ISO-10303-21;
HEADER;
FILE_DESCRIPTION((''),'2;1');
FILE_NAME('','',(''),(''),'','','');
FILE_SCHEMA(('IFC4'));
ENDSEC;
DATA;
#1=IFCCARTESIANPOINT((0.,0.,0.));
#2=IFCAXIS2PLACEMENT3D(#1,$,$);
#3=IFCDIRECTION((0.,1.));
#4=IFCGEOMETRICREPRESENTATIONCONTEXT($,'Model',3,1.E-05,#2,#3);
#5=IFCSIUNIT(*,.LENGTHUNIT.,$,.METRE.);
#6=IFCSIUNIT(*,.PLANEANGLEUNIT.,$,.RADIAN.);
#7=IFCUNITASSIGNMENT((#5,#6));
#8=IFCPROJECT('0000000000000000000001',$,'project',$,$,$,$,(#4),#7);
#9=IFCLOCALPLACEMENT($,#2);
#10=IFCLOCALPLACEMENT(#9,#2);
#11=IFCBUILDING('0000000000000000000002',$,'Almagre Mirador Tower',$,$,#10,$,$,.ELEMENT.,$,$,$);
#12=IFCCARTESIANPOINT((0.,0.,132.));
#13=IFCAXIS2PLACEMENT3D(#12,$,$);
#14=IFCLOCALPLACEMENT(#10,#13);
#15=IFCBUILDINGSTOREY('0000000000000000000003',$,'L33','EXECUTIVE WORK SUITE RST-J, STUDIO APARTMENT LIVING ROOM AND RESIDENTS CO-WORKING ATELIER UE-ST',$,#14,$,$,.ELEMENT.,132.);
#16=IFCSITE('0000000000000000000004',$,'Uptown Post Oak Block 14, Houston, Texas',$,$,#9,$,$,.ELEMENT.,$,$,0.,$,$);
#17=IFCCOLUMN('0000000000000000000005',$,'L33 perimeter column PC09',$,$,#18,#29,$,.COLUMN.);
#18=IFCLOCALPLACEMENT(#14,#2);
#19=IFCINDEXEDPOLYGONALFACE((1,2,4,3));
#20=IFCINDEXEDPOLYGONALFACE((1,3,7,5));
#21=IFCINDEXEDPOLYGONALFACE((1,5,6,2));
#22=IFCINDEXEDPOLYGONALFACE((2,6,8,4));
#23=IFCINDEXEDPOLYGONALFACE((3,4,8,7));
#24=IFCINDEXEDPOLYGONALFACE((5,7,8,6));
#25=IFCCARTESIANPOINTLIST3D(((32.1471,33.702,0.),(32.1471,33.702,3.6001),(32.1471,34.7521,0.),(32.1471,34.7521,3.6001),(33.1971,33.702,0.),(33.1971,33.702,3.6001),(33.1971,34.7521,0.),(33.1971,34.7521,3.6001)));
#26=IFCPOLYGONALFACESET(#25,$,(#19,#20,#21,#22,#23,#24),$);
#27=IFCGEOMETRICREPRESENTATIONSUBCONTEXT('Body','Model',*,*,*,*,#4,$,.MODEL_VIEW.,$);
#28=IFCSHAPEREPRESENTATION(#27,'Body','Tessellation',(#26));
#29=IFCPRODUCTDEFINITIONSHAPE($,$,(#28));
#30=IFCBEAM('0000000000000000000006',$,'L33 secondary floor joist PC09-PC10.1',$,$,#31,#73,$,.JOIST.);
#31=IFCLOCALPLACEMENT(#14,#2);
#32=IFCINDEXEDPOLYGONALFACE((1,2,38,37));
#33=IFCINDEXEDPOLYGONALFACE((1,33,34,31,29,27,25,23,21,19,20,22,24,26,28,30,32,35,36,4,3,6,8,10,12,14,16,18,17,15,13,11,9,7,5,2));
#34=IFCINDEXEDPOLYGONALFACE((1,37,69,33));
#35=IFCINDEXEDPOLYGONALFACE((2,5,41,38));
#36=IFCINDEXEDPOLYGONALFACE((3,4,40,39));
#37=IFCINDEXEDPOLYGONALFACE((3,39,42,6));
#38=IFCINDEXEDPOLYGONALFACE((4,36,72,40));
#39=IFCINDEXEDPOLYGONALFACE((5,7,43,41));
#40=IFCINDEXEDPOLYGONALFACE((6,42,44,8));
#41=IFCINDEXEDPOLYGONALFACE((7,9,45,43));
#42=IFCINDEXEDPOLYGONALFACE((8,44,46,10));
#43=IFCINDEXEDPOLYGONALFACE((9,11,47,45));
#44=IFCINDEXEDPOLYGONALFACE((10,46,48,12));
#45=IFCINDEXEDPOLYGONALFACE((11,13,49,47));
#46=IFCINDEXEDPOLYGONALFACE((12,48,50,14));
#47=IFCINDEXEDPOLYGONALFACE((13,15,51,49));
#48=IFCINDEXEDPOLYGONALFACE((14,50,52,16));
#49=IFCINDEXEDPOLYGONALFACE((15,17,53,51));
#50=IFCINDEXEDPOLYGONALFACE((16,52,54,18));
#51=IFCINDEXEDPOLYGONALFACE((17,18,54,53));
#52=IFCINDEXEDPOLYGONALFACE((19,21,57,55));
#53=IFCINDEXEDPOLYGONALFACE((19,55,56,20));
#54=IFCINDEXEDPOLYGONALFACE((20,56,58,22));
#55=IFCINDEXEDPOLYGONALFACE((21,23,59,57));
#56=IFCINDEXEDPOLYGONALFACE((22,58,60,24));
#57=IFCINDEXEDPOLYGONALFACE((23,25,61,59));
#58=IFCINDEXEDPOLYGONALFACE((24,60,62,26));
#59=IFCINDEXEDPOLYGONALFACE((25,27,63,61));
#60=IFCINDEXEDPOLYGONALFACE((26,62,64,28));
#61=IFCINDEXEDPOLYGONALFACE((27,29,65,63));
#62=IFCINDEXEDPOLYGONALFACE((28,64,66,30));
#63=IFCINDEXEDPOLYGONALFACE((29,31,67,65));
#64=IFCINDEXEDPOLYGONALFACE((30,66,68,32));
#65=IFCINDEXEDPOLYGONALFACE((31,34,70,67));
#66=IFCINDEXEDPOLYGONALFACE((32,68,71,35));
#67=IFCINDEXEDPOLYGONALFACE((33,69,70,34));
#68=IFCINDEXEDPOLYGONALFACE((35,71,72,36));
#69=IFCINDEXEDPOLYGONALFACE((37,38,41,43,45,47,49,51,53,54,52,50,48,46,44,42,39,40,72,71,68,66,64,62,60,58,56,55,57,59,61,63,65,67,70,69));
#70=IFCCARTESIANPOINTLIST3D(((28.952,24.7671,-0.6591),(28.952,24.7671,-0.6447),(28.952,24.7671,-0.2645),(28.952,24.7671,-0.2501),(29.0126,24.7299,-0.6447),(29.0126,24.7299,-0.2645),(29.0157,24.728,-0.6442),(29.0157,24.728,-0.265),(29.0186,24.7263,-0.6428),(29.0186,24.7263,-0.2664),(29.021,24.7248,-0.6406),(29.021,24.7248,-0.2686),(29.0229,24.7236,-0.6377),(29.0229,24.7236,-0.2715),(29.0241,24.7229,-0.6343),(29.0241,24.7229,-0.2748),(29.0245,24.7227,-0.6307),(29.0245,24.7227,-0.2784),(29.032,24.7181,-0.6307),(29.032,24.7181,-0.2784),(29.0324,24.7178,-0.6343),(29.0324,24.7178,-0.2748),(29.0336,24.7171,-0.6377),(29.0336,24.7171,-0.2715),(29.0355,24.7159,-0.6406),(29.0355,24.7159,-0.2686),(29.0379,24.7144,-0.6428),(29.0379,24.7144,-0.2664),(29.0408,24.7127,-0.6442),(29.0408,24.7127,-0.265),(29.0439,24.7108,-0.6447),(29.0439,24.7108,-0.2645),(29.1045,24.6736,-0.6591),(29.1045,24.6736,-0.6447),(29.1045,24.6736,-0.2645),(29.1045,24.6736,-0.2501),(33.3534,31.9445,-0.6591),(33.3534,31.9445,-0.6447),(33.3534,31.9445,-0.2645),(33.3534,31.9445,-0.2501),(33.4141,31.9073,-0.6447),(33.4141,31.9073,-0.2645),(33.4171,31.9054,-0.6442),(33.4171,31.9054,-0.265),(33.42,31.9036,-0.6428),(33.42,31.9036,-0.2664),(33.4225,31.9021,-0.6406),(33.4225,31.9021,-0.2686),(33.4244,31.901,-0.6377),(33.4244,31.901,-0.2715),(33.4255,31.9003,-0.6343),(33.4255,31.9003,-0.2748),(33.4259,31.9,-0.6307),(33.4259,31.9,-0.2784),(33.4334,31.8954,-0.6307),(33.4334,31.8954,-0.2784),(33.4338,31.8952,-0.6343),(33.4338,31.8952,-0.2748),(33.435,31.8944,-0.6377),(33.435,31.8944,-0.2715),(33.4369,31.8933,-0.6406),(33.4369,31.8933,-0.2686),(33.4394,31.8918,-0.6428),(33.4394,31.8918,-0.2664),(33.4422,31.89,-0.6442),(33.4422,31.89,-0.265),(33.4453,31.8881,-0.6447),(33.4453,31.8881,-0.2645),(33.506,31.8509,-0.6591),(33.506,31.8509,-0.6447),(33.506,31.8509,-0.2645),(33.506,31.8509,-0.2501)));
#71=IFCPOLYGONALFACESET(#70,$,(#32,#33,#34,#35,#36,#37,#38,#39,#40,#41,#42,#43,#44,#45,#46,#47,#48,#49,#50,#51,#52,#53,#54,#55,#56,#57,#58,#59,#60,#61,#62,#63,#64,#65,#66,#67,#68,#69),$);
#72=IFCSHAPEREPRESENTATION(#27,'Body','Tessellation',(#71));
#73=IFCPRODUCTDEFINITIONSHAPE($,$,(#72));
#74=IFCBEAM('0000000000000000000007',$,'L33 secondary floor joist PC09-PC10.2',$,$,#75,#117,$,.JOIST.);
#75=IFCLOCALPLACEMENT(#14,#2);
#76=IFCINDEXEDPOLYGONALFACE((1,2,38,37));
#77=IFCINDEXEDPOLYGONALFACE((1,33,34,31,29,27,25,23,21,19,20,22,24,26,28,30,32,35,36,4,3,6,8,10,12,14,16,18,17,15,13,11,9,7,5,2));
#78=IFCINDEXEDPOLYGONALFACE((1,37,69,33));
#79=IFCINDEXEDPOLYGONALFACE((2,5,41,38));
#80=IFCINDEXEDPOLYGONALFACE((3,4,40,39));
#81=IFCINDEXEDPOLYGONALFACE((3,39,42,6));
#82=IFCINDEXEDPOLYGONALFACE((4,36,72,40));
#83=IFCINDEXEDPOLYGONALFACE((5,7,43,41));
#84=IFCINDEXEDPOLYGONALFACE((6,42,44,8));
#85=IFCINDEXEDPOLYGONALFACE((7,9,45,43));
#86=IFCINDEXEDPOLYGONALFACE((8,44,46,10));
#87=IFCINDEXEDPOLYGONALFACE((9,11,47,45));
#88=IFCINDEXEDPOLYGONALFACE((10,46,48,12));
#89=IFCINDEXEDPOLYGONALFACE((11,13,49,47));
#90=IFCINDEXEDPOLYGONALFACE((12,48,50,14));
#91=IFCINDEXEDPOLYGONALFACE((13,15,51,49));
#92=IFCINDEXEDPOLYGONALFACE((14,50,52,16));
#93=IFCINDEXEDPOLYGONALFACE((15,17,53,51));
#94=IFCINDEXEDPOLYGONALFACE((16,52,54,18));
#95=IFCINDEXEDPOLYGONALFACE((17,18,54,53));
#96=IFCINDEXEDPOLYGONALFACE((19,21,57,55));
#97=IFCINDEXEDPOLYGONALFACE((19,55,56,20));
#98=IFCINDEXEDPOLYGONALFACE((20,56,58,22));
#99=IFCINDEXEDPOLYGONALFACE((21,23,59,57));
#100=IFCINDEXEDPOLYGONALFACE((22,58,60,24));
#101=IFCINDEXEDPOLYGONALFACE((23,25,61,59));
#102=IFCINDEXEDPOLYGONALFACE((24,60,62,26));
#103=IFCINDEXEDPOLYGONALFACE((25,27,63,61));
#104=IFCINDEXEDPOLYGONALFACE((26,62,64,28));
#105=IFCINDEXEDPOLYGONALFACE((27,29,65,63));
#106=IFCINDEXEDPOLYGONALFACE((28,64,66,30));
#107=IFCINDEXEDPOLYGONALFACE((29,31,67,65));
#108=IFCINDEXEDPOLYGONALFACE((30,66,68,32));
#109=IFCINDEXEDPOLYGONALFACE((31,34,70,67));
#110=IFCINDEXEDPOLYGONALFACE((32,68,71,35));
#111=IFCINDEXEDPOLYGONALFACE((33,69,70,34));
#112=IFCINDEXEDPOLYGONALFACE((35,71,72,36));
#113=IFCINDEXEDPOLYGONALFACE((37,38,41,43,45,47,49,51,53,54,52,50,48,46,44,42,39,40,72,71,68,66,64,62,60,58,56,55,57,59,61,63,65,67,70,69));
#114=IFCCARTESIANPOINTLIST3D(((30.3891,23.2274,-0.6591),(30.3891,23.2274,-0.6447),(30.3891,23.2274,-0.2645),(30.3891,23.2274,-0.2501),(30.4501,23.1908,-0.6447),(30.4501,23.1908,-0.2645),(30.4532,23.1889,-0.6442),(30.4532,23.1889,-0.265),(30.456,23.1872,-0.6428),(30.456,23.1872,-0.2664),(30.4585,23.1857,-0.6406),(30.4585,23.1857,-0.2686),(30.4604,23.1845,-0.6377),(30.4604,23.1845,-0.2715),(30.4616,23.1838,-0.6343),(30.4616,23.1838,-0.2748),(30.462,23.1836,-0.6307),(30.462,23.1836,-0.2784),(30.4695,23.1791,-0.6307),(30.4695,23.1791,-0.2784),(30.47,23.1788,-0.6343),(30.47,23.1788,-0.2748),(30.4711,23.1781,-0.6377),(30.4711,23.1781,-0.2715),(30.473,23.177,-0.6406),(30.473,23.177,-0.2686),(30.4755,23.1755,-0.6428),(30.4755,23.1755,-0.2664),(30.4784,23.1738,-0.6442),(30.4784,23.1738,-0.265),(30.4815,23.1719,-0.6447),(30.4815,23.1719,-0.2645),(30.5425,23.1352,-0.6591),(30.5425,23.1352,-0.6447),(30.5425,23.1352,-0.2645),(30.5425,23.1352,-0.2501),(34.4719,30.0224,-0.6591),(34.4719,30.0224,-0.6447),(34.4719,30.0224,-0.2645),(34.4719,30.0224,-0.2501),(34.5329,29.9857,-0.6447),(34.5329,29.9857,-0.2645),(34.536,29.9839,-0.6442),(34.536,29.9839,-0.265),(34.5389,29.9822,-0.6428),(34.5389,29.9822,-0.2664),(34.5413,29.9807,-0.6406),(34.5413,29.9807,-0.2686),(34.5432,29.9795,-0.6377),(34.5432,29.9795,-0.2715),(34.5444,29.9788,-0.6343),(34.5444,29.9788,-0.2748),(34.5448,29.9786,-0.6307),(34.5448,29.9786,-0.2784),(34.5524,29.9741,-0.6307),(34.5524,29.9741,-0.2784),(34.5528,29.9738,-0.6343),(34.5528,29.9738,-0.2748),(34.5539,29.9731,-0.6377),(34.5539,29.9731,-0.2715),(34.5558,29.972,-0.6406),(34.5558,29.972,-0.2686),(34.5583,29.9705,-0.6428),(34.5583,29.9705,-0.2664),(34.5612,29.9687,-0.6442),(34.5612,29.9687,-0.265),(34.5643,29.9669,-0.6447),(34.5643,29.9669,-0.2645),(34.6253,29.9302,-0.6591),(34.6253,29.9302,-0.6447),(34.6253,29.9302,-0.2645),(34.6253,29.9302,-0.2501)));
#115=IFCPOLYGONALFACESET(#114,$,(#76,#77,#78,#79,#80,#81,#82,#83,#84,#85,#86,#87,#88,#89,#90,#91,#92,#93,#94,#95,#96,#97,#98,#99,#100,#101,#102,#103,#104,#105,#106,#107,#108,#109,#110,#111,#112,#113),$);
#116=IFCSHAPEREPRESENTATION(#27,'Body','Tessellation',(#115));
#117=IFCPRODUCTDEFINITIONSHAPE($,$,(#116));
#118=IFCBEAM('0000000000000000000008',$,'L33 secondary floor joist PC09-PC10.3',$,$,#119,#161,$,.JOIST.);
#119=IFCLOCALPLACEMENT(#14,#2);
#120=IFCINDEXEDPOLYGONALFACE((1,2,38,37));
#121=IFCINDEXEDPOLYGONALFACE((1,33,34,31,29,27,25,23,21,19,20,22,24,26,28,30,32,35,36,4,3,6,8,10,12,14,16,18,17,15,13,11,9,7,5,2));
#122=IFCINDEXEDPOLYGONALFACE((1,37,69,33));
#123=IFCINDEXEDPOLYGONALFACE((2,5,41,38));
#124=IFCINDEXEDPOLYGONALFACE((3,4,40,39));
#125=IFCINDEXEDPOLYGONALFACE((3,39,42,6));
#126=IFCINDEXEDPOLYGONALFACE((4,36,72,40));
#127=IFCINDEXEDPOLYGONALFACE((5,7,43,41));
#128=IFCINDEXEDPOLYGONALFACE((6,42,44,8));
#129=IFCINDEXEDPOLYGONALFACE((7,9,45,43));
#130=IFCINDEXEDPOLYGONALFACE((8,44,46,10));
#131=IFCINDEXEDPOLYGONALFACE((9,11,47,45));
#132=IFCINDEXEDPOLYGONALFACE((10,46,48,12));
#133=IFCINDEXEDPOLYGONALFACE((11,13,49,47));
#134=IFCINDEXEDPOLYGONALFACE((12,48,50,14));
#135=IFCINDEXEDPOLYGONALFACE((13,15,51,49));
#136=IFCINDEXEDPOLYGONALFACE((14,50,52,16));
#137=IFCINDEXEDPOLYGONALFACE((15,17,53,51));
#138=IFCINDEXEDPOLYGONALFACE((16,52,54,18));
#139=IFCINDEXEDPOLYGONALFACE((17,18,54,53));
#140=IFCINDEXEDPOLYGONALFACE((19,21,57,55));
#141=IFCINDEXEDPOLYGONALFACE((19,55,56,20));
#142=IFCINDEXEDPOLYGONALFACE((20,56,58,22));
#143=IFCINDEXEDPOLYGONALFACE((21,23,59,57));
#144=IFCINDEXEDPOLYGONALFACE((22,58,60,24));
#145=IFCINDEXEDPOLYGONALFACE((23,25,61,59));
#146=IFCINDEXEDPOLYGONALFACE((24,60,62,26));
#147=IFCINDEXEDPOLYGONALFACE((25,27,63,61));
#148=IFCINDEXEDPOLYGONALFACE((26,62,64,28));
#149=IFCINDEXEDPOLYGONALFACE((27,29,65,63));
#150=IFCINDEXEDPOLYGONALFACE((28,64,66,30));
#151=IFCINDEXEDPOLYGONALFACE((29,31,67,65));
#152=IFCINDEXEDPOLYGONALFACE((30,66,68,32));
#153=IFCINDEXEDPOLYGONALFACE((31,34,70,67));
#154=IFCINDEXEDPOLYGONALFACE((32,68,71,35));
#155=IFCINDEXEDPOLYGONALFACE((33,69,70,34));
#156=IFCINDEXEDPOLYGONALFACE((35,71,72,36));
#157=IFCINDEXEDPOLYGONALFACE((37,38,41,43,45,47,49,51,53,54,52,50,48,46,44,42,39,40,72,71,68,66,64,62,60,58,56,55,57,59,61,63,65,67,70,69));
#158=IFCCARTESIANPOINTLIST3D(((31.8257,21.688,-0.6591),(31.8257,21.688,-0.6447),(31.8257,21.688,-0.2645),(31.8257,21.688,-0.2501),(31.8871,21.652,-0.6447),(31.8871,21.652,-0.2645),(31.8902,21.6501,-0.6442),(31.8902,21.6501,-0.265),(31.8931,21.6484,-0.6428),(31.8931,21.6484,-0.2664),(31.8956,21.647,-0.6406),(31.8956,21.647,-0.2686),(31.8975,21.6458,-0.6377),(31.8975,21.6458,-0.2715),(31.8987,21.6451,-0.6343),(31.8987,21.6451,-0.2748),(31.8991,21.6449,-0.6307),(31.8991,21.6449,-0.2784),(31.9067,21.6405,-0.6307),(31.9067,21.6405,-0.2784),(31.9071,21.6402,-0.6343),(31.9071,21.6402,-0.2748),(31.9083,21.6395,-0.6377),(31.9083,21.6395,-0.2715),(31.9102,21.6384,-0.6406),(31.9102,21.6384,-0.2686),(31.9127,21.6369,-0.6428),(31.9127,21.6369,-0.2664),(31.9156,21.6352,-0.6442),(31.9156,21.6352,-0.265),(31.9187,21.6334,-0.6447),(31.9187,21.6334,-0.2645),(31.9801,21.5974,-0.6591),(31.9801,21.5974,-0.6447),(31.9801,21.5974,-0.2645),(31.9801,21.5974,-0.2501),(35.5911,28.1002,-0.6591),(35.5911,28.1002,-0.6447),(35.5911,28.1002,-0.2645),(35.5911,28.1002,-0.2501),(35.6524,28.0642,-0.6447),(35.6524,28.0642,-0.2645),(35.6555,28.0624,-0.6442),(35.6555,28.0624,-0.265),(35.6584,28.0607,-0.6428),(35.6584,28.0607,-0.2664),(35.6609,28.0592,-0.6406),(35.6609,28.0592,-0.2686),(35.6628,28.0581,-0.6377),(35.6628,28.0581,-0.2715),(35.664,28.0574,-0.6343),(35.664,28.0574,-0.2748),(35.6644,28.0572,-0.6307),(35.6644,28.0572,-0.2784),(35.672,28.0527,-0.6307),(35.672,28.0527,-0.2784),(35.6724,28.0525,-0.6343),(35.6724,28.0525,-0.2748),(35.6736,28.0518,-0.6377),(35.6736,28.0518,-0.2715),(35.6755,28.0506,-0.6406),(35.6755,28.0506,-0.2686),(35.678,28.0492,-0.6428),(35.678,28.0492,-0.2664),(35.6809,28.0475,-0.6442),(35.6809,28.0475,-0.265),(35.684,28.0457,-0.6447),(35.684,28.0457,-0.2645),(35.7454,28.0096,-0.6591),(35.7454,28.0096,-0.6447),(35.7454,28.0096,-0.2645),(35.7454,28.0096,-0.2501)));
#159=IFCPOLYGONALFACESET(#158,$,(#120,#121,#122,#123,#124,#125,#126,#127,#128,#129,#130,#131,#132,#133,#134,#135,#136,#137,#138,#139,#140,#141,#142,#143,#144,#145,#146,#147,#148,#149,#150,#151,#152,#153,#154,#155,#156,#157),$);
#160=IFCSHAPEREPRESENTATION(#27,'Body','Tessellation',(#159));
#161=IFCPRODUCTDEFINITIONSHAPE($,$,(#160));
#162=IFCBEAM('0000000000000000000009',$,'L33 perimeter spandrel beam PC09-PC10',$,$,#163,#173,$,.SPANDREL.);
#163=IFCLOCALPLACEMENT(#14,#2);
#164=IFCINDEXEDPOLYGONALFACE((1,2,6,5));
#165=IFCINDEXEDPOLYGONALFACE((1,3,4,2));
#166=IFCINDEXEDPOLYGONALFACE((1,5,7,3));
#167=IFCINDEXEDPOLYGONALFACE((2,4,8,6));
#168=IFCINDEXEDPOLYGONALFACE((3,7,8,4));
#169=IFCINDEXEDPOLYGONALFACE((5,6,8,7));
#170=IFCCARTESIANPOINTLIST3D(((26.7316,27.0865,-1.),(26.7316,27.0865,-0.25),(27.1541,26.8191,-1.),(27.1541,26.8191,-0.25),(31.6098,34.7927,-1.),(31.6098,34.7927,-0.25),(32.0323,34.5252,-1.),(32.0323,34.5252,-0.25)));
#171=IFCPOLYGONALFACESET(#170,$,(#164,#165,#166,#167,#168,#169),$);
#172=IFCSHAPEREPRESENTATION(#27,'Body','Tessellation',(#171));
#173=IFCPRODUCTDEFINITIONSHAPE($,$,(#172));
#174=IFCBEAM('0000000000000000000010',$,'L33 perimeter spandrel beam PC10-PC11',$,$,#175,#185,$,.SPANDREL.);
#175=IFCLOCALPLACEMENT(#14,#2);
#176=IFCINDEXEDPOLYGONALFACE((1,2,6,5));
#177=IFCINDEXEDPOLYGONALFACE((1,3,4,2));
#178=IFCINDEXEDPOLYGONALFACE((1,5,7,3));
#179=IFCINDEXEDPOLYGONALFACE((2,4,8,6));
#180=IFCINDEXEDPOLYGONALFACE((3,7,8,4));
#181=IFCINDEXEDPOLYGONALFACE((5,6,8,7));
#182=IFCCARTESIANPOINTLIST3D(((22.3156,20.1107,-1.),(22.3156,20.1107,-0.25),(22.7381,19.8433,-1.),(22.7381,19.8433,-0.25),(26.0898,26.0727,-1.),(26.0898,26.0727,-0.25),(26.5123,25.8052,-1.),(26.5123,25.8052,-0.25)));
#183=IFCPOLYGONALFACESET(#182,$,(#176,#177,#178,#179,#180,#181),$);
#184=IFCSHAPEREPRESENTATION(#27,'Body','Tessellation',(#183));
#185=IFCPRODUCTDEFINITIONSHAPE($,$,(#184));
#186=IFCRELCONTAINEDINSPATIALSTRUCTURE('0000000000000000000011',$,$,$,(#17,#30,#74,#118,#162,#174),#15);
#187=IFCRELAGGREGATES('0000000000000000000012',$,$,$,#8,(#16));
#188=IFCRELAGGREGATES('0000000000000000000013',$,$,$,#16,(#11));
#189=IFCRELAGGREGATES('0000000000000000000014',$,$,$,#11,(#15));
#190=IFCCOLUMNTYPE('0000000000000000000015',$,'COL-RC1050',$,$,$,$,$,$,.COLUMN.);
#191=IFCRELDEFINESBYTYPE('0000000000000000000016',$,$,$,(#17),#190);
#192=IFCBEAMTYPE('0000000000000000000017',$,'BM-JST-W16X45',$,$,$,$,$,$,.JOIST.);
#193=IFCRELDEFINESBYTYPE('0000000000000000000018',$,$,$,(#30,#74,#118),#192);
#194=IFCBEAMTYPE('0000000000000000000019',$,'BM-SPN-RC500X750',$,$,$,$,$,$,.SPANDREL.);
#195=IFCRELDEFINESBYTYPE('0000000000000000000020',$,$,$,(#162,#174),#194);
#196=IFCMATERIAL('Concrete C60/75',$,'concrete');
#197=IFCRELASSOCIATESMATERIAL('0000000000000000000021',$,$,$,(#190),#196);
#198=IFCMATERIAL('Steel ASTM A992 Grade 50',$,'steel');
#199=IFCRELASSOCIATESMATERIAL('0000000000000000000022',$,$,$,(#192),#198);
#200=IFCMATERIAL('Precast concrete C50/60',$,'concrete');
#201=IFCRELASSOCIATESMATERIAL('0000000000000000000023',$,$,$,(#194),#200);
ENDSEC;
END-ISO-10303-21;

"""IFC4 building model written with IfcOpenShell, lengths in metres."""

from ifc_helpers import new_model, si_unit, direction, frame, origin, origin_2d, place, context, subcontext, project, spatial, rectangle, i_section, extrude, material, material_profile, profile_set, type_object, element, save


model = new_model("IFC4")

# Units and contexts
model_context = context("Model", 3, precision=1e-05, world=origin(), true_north=direction((0.0, 1.0)))
body_context = subcontext(model_context, "Body", "Model", "MODEL_VIEW")
ifc_project = project(units=[si_unit("LENGTHUNIT", "METRE"), si_unit("PLANEANGLEUNIT", "RADIAN")], contexts=[model_context])

# Site, building, storey
site_placement = place(None, origin())
site = spatial("IfcSite", under=ifc_project, at=site_placement, Name="Uptown Post Oak Block 14, Houston, Texas", CompositionType="ELEMENT", RefElevation=0.0)
building_placement = place(site_placement, origin())
building = spatial("IfcBuilding", under=site, at=building_placement, Name="Almagre Mirador Tower", CompositionType="ELEMENT")
storey_placement = place(building_placement, frame((0.0, 0.0, 132.0)))
storey = spatial("IfcBuildingStorey", under=building, at=storey_placement, Name="L33", Description="EXECUTIVE WORK SUITE RST-J, STUDIO APARTMENT LIVING ROOM AND RESIDENTS CO-WORKING ATELIER UE-ST", CompositionType="ELEMENT", Elevation=132.0)

# Column
ifc_material_1 = material(Name="Concrete C60/75", Category="concrete")
ifc_material_profile_1 = material_profile(ifc_material_1, rectangle(XDim=1.05, YDim=1.05, at=origin_2d()), Name="RC1050X1050")
ifc_profile_set_1 = profile_set([ifc_material_profile_1], Name="Concrete C60/75")
column_type = type_object("IfcColumnType", Name="COL-RC1050", PredefinedType="COLUMN", material=ifc_profile_set_1)
column_placement = place(storey_placement, frame((32.6721, 34.2271, 0.0), z_axis=(0.0, 0.0, 1.0), x_axis=(1.0, 0.0, 0.0)))
element("IfcColumn", 1, at=column_placement, inside=storey, type_object=column_type, Name="L33 perimeter column PC09", PredefinedType="COLUMN", context=body_context, shape_type="SweptSolid", body=[
    extrude(rectangle(XDim=1.05, YDim=1.05, at=origin_2d()), origin(), (0.0, 0.0, 1.0), 3.6001),
])

# Beams
ifc_material_2 = material(Name="Steel ASTM A992 Grade 50", Category="steel")
ifc_material_profile_2 = material_profile(ifc_material_2, i_section(OverallWidth=0.179, OverallDepth=0.4089, WebThickness=0.0088, FlangeThickness=0.0144, FilletRadius=0.0139, at=origin_2d()), Name="W16X45")
ifc_profile_set_2 = profile_set([ifc_material_profile_2], Name="Steel ASTM A992 Grade 50")
beam_type_1 = type_object("IfcBeamType", Name="BM-JST-W16X45", PredefinedType="JOIST", material=ifc_profile_set_2)
beam_1_placement = place(storey_placement, frame((33.4297, 31.8977, -0.4546), z_axis=(-0.52277, -0.852474, 0.0), x_axis=(0.852474, -0.52277, 0.0)))
element("IfcBeam", 2, at=beam_1_placement, inside=storey, type_object=beam_type_1, Name="L33 secondary floor joist PC09-PC10.1", PredefinedType="JOIST", context=body_context, shape_type="SweptSolid", body=[
    extrude(i_section(OverallWidth=0.179, OverallDepth=0.4089, WebThickness=0.0088, FlangeThickness=0.0144, FilletRadius=0.0139, at=origin_2d()), origin(), (0.0, 0.0, 1.0), 8.4194),
])
beam_2_placement = place(storey_placement, frame((34.5486, 29.9763, -0.4546), z_axis=(-0.515035, -0.857169, 0.0), x_axis=(0.857169, -0.515035, 0.0)))
element("IfcBeam", 3, at=beam_2_placement, inside=storey, type_object=beam_type_1, Name="L33 secondary floor joist PC09-PC10.2", PredefinedType="JOIST", context=body_context, shape_type="SweptSolid", body=[
    extrude(i_section(OverallWidth=0.179, OverallDepth=0.4089, WebThickness=0.0088, FlangeThickness=0.0144, FilletRadius=0.0139, at=origin_2d()), origin(), (0.0, 0.0, 1.0), 7.9272),
])
beam_3_placement = place(storey_placement, frame((35.6682, 28.0549, -0.4546), z_axis=(-0.506361, -0.862321, 0.0), x_axis=(0.862321, -0.506361, 0.0)))
element("IfcBeam", 4, at=beam_3_placement, inside=storey, type_object=beam_type_1, Name="L33 secondary floor joist PC09-PC10.3", PredefinedType="JOIST", context=body_context, shape_type="SweptSolid", body=[
    extrude(i_section(OverallWidth=0.179, OverallDepth=0.4089, WebThickness=0.0088, FlangeThickness=0.0144, FilletRadius=0.0139, at=origin_2d()), origin(), (0.0, 0.0, 1.0), 7.436),
])
ifc_material_3 = material(Name="Precast concrete C50/60", Category="concrete")
ifc_material_profile_3 = material_profile(ifc_material_3, rectangle(XDim=0.5, YDim=0.75, at=origin_2d()), Name="RC500X750")
ifc_profile_set_3 = profile_set([ifc_material_profile_3], Name="Precast concrete C50/60")
beam_type_2 = type_object("IfcBeamType", Name="BM-SPN-RC500X750", PredefinedType="SPANDREL", material=ifc_profile_set_3)
beam_4_placement = place(storey_placement, frame((31.821, 34.6589, -0.625), z_axis=(-0.53487, -0.844934, 0.0), x_axis=(0.844934, -0.53487, 0.0)))
element("IfcBeam", 5, at=beam_4_placement, inside=storey, type_object=beam_type_2, Name="L33 perimeter spandrel beam PC09-PC10", PredefinedType="SPANDREL", context=body_context, shape_type="SweptSolid", body=[
    extrude(rectangle(XDim=0.5, YDim=0.75, at=origin_2d()), origin(), (0.0, 0.0, 1.0), 9.1204),
])
beam_5_placement = place(storey_placement, frame((26.301, 25.939, -0.625), z_axis=(-0.534879, -0.844929, 0.0), x_axis=(0.844929, -0.534879, 0.0)))
element("IfcBeam", 6, at=beam_5_placement, inside=storey, type_object=beam_type_2, Name="L33 perimeter spandrel beam PC10-PC11", PredefinedType="SPANDREL", context=body_context, shape_type="SweptSolid", body=[
    extrude(rectangle(XDim=0.5, YDim=0.75, at=origin_2d()), origin(), (0.0, 0.0, 1.0), 7.0562),
])

save(model, "model.ifc")
